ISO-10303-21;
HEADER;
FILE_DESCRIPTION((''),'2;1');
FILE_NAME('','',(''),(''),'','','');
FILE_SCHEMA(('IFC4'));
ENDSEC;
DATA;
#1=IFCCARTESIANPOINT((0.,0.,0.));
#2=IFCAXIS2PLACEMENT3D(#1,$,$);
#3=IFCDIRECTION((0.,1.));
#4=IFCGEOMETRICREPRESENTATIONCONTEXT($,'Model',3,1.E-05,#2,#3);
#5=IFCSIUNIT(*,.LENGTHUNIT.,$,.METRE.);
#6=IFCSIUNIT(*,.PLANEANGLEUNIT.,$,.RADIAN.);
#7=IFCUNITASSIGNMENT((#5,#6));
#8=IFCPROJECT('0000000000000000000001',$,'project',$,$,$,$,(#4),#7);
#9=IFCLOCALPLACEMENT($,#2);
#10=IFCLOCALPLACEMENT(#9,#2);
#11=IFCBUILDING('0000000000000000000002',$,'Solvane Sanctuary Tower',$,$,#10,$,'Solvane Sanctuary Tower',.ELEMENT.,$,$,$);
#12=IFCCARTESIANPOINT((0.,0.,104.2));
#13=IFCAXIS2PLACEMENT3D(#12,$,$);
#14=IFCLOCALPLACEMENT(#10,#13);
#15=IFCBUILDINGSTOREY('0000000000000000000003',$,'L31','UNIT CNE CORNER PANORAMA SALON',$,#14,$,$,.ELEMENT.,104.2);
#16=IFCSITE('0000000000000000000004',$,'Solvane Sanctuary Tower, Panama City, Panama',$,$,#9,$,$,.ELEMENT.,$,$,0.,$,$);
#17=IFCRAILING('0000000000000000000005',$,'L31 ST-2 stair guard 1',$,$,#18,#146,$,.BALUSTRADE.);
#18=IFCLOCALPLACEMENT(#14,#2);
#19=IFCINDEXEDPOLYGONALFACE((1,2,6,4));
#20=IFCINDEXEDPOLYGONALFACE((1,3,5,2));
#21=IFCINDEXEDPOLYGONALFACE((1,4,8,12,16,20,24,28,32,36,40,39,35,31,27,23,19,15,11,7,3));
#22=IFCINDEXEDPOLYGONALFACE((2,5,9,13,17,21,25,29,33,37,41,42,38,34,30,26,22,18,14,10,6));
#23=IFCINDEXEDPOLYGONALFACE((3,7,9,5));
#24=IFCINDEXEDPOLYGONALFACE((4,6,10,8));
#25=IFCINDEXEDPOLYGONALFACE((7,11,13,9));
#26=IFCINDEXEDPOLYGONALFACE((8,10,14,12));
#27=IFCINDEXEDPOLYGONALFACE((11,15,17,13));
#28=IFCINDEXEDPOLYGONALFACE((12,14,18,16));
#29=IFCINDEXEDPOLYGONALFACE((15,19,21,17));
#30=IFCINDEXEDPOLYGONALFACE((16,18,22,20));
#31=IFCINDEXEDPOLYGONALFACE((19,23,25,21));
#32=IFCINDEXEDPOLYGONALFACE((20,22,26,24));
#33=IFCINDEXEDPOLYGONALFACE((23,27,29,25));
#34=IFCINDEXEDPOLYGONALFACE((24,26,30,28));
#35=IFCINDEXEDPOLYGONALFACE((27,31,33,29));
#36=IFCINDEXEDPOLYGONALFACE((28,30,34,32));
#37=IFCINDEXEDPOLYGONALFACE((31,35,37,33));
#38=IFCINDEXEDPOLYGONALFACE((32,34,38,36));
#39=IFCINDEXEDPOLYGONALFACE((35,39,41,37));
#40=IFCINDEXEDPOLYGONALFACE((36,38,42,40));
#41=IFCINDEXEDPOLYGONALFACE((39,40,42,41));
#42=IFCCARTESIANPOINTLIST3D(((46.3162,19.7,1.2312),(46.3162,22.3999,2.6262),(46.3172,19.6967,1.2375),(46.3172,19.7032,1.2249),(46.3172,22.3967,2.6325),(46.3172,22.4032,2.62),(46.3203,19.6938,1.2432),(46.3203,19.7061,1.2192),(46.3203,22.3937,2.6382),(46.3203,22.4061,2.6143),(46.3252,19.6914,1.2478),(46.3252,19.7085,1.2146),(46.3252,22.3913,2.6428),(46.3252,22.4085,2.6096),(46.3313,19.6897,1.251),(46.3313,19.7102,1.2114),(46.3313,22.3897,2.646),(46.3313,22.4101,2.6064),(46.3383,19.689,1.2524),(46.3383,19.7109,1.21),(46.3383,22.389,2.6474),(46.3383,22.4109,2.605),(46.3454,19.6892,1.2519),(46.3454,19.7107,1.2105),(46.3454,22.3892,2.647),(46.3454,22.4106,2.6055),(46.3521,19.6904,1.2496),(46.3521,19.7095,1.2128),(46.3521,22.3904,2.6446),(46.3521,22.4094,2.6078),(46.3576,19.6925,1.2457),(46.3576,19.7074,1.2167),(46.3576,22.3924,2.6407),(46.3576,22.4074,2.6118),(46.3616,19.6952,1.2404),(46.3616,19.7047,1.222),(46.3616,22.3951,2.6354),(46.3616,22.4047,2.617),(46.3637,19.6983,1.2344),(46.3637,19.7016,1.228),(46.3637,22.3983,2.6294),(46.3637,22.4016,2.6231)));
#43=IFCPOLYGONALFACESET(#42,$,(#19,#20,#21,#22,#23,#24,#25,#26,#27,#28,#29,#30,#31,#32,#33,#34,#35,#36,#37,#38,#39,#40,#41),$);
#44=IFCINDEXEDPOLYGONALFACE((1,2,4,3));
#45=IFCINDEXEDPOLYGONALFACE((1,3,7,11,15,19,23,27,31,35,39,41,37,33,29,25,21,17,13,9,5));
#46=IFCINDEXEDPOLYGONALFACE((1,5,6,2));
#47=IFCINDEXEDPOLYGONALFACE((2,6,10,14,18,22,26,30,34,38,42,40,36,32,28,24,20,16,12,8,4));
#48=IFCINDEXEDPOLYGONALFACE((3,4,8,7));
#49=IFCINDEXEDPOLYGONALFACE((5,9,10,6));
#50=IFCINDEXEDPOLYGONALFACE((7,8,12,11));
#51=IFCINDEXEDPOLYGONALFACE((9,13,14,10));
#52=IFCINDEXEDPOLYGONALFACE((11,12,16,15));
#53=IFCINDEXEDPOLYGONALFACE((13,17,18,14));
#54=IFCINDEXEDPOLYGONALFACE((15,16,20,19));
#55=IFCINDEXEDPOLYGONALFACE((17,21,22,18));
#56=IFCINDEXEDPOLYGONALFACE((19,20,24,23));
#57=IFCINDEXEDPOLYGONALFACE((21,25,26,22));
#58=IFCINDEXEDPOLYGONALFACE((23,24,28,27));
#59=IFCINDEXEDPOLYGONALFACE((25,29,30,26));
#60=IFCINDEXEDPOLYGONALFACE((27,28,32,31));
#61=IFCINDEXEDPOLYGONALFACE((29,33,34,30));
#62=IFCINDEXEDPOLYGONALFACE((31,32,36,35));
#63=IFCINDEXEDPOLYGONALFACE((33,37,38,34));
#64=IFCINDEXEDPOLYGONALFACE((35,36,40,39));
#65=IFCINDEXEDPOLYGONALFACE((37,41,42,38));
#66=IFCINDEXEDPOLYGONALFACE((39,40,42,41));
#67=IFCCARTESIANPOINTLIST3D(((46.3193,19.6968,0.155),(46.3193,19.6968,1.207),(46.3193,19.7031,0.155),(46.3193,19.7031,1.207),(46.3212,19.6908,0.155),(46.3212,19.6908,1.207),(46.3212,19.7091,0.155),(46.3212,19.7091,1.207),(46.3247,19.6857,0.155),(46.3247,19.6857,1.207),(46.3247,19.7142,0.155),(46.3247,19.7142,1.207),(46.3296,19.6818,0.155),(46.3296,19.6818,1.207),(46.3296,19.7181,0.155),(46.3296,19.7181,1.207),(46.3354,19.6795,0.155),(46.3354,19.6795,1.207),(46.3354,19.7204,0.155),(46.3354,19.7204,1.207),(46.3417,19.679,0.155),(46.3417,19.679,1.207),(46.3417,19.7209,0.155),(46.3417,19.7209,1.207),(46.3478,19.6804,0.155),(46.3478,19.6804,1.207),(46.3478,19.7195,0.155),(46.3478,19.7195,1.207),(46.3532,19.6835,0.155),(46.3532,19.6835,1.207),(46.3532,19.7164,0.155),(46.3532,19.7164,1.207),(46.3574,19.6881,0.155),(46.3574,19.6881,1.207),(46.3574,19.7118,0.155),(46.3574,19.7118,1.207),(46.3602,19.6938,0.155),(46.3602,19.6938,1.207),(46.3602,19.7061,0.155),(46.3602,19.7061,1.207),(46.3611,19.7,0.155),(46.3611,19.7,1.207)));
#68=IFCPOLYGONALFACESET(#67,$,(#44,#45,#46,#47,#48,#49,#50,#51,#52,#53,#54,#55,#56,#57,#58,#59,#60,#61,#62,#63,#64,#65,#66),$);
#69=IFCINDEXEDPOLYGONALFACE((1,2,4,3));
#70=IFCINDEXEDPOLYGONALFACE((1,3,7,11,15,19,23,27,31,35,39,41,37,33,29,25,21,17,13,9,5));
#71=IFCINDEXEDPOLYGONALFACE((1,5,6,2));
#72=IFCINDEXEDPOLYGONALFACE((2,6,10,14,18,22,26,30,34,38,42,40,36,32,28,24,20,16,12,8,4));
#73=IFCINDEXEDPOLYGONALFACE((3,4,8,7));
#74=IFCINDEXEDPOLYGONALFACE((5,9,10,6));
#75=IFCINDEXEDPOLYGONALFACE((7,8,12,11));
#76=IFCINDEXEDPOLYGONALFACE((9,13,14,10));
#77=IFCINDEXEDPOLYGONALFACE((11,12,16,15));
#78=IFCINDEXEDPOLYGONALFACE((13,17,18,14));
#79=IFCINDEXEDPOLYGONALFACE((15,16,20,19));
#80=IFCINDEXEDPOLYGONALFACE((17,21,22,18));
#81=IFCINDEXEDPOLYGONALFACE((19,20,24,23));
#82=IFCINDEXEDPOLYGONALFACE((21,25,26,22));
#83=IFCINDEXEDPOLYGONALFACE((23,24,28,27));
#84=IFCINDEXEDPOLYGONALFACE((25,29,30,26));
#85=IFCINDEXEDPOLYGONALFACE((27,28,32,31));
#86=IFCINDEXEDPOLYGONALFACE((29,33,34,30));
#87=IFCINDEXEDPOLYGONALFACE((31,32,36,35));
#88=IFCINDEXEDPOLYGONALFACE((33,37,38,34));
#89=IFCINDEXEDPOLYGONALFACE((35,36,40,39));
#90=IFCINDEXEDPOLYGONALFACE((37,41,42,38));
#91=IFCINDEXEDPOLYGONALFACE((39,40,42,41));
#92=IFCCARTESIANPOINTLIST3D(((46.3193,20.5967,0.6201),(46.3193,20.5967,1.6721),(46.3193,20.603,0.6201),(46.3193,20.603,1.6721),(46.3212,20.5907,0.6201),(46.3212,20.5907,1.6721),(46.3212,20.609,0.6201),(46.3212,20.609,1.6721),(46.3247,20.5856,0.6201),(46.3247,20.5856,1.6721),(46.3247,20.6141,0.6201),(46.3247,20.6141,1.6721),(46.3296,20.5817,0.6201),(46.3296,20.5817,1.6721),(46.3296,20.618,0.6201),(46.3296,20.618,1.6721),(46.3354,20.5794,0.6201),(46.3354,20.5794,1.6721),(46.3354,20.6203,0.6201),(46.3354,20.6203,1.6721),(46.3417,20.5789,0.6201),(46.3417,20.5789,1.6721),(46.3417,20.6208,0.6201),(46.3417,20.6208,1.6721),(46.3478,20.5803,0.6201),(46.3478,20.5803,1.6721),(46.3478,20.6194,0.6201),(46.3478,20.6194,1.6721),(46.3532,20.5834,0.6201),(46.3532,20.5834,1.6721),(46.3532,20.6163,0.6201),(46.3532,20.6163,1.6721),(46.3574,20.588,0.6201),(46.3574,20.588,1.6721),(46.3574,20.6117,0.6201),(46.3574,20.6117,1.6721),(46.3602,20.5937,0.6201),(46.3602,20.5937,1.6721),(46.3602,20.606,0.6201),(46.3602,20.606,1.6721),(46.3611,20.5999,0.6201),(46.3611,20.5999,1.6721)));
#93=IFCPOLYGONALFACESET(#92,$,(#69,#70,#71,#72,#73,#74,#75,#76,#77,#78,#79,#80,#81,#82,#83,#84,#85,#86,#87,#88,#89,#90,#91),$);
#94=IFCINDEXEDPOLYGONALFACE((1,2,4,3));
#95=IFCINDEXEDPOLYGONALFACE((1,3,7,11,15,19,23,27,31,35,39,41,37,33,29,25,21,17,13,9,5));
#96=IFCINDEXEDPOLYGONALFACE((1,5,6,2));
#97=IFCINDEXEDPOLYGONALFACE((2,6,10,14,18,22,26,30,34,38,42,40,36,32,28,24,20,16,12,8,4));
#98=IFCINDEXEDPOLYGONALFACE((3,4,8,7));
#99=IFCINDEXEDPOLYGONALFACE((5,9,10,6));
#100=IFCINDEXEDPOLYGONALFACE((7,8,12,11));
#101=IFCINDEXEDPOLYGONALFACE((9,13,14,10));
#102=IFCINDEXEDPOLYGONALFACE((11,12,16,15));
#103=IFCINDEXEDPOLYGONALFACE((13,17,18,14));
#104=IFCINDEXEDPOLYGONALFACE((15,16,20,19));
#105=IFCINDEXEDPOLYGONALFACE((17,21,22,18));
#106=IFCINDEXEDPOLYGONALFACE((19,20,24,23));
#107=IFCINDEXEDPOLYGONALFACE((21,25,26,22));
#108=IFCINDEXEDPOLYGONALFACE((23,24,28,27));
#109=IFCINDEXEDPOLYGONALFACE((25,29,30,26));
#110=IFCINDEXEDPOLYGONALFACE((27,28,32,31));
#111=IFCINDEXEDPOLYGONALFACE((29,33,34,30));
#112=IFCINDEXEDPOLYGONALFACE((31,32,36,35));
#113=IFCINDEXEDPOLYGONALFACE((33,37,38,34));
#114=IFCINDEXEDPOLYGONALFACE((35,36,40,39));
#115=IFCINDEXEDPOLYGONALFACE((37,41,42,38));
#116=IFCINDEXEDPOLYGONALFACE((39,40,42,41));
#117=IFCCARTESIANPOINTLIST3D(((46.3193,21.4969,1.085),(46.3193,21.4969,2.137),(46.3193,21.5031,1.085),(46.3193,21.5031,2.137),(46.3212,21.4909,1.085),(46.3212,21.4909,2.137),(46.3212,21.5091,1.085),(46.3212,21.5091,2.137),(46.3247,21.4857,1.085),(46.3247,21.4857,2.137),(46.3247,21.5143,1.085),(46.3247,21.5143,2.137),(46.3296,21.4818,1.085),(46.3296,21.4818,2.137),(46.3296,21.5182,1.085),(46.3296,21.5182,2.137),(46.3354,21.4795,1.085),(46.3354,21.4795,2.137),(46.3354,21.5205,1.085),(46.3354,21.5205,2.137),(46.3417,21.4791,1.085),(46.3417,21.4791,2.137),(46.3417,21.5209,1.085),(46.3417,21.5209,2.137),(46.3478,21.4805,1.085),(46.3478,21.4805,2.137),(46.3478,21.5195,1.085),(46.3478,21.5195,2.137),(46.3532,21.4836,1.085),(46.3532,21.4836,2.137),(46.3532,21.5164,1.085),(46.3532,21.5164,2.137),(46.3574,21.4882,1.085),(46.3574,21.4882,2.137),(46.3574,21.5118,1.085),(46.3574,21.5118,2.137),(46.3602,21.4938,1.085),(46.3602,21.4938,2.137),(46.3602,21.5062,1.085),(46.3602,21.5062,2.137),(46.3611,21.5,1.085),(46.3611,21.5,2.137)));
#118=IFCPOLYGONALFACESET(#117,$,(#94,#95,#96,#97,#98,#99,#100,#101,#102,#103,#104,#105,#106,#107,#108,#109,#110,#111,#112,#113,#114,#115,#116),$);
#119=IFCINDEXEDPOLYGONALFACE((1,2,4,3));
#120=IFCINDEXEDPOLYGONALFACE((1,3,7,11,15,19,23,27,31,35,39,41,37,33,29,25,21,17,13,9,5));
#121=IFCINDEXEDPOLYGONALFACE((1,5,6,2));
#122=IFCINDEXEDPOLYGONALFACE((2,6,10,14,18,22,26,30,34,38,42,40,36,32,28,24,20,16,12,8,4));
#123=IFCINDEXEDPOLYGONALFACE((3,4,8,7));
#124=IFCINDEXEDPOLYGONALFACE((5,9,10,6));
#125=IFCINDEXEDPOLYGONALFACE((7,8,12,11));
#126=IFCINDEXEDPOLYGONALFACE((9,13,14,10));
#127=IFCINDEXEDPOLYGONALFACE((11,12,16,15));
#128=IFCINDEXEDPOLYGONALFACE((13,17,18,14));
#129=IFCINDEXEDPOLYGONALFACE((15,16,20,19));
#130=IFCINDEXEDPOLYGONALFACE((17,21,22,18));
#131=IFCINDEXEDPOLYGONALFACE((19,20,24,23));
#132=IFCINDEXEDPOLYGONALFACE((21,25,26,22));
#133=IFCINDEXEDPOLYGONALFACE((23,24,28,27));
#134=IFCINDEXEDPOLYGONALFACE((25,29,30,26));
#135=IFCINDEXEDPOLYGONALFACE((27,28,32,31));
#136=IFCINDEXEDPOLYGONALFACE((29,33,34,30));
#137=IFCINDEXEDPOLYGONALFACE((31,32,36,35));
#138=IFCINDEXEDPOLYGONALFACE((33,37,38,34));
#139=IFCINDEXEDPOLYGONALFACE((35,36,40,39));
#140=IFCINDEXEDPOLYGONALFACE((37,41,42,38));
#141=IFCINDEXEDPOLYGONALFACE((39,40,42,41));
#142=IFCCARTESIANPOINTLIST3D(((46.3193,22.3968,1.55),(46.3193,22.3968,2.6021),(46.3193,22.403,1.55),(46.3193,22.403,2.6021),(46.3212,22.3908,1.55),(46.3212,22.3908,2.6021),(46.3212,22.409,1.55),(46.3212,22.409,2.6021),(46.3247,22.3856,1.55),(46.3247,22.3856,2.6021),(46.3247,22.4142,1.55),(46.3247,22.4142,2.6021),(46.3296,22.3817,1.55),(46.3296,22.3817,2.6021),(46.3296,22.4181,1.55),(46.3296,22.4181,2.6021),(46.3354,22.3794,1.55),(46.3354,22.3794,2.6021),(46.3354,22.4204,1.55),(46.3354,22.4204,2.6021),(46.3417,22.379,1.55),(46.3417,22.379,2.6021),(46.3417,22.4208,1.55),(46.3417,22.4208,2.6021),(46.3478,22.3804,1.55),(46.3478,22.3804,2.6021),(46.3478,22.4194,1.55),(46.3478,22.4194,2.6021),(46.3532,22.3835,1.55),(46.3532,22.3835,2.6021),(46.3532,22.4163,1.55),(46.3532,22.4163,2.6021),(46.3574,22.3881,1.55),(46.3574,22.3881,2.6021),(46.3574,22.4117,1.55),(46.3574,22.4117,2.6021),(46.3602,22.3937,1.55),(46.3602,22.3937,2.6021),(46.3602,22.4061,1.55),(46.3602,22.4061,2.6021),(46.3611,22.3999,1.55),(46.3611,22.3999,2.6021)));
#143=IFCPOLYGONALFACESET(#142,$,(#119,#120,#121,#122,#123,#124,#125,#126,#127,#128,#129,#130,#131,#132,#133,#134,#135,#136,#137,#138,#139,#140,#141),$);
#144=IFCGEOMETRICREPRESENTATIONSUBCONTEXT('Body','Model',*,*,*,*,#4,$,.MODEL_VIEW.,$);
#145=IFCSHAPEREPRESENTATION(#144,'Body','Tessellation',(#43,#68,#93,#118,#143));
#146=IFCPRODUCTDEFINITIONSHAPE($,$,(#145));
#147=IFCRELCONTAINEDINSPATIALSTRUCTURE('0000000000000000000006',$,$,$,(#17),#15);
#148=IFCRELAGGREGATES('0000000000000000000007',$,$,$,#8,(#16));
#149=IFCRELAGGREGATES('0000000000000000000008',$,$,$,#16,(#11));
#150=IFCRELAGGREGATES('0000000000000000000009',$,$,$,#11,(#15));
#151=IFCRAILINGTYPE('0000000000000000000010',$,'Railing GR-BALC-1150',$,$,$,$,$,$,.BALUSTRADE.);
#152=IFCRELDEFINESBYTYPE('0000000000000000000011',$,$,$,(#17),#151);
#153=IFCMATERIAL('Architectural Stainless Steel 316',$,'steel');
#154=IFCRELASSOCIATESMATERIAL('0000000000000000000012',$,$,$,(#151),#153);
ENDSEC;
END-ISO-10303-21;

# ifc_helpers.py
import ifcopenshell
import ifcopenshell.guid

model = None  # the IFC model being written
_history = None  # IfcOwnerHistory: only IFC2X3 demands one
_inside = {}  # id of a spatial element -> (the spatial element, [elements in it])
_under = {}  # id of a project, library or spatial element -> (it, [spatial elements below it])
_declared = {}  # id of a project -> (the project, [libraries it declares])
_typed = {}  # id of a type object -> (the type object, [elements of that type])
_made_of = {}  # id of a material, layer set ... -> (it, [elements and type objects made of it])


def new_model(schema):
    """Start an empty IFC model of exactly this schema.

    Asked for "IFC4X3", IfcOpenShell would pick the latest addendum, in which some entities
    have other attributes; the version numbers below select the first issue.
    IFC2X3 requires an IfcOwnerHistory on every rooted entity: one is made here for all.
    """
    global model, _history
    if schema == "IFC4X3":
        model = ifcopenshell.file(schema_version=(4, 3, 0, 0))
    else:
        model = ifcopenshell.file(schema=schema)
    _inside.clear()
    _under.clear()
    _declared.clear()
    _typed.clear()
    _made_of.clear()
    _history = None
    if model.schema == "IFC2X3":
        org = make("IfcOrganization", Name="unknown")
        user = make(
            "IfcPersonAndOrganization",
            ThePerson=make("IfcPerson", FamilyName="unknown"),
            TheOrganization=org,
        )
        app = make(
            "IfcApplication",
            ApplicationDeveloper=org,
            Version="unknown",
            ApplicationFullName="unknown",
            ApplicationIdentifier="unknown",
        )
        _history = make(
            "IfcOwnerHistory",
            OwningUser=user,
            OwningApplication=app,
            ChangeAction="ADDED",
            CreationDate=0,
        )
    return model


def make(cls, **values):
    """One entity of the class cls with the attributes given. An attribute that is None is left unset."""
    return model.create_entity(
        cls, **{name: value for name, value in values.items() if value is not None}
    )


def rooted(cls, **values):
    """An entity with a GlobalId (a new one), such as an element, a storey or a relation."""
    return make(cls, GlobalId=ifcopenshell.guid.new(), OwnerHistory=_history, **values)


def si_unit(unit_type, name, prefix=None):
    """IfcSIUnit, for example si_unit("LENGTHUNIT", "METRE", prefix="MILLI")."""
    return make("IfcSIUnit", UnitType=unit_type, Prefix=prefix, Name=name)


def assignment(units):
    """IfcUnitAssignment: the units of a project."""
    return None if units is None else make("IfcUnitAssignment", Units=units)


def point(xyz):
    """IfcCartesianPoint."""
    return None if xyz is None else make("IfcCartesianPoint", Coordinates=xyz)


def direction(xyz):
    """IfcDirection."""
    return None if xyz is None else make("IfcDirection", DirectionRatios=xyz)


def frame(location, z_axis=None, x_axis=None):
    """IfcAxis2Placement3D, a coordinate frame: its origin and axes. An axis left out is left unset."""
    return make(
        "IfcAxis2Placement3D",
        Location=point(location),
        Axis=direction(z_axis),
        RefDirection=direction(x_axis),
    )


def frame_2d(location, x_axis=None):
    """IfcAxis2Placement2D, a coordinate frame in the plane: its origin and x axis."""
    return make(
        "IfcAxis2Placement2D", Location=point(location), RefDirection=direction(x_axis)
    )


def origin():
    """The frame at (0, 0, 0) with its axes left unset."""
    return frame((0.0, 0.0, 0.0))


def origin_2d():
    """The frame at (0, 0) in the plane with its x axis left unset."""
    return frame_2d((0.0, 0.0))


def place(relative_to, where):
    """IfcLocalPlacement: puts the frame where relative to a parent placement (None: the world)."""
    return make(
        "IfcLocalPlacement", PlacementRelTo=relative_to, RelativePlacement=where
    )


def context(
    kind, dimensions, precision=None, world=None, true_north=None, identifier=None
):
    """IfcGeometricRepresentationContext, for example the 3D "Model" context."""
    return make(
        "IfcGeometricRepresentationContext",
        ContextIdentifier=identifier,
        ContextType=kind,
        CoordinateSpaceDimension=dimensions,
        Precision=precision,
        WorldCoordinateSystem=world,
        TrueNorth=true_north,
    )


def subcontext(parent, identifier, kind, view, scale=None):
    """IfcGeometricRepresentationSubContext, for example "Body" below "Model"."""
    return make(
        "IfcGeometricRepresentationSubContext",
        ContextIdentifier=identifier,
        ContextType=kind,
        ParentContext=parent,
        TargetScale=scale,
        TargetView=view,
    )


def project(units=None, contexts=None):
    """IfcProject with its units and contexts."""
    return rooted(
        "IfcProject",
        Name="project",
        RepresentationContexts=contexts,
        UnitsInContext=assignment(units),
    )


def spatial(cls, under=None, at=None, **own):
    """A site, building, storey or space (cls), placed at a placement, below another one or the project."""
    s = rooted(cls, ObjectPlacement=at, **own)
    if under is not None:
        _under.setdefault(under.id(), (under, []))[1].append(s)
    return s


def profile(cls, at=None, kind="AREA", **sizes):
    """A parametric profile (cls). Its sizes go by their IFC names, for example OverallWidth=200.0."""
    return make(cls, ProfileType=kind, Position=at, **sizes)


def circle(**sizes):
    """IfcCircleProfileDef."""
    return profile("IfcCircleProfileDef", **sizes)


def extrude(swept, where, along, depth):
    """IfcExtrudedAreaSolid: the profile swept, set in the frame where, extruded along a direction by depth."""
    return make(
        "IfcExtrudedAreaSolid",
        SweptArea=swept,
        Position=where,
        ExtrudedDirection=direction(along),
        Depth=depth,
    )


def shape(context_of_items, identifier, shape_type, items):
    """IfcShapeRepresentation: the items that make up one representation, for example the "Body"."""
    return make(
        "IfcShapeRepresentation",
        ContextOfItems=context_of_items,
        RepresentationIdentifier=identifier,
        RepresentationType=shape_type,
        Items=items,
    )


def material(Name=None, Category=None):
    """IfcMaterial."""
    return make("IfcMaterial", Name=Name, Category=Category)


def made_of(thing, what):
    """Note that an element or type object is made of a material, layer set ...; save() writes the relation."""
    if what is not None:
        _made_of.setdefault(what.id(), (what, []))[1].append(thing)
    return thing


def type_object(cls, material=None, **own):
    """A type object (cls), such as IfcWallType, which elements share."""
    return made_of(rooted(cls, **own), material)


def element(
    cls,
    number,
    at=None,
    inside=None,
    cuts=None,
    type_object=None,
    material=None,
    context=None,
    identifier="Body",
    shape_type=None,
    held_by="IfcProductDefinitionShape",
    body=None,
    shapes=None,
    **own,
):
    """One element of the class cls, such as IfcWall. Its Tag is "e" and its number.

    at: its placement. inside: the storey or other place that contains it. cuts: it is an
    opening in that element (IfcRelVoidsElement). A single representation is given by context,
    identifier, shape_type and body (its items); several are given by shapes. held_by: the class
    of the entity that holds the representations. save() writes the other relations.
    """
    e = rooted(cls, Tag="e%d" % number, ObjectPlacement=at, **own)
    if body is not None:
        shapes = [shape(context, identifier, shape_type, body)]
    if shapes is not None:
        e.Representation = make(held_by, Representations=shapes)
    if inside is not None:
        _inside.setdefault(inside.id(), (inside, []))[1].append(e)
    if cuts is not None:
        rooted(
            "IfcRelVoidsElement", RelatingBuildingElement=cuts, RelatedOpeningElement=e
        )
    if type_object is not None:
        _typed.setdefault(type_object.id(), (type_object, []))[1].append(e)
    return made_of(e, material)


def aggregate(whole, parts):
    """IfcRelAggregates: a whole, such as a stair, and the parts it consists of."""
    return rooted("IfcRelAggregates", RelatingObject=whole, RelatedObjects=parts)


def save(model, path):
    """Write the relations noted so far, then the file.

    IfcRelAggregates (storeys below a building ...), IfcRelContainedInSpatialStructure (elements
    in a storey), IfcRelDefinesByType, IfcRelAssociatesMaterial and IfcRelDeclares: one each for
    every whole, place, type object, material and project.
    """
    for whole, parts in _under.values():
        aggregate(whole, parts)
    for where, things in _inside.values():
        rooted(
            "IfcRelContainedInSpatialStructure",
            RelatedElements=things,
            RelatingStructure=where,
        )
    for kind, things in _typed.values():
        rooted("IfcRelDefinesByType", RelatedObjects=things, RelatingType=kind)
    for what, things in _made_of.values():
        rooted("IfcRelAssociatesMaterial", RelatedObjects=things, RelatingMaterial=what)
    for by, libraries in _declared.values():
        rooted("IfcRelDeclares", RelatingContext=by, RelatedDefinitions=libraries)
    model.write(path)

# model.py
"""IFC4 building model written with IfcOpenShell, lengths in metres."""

from ifc_helpers import new_model, si_unit, direction, frame, origin, origin_2d, place, context, subcontext, project, spatial, circle, extrude, material, type_object, element, save


model = new_model("IFC4")

# Units and contexts
model_context = context("Model", 3, precision=1e-05, world=origin(), true_north=direction((0.0, 1.0)))
body_context = subcontext(model_context, "Body", "Model", "MODEL_VIEW")
ifc_project = project(units=[si_unit("LENGTHUNIT", "METRE"), si_unit("PLANEANGLEUNIT", "RADIAN")], contexts=[model_context])

# Site, building, storey
site_placement = place(None, origin())
site = spatial("IfcSite", under=ifc_project, at=site_placement, Name="Solvane Sanctuary Tower, Panama City, Panama", CompositionType="ELEMENT", RefElevation=0.0)
building_placement = place(site_placement, origin())
building = spatial("IfcBuilding", under=site, at=building_placement, Name="Solvane Sanctuary Tower", LongName="Solvane Sanctuary Tower", CompositionType="ELEMENT")
storey_placement = place(building_placement, frame((0.0, 0.0, 104.2)))
storey = spatial("IfcBuildingStorey", under=building, at=storey_placement, Name="L31", Description="UNIT CNE CORNER PANORAMA SALON", CompositionType="ELEMENT", Elevation=104.2)

# Railing
ifc_material_1 = material(Name="Architectural Stainless Steel 316", Category="steel")
railing_type_1 = type_object("IfcRailingType", Name="Railing GR-BALC-1150", PredefinedType="BALUSTRADE", material=ifc_material_1)
railing_1_placement = place(storey_placement, frame((46.3401, 19.7, 0.155)))
element("IfcRailing", 1, at=railing_1_placement, inside=storey, type_object=railing_type_1, Name="L31 ST-2 stair guard 1", PredefinedType="BALUSTRADE", context=body_context, shape_type="SweptSolid", body=[
    extrude(circle(Radius=0.0239, at=origin_2d()), frame((0.0, 0.0, 1.0762), z_axis=(0.0, 0.88842, 0.459032), x_axis=(-1.0, 0.0, 0.0)), (0.0, 0.0, 1.0), 3.0391),
    extrude(circle(Radius=0.021, at=origin_2d()), origin(), (0.0, 0.0, 1.0), 1.052),
    extrude(circle(Radius=0.021, at=origin_2d()), frame((0.0, 0.8999, 0.4651)), (0.0, 0.0, 1.0), 1.052),
    extrude(circle(Radius=0.021, at=origin_2d()), frame((0.0, 1.8, 0.9299)), (0.0, 0.0, 1.0), 1.052),
    extrude(circle(Radius=0.021, at=origin_2d()), frame((0.0, 2.7, 1.395)), (0.0, 0.0, 1.0), 1.052),
])

save(model, "model.ifc")
